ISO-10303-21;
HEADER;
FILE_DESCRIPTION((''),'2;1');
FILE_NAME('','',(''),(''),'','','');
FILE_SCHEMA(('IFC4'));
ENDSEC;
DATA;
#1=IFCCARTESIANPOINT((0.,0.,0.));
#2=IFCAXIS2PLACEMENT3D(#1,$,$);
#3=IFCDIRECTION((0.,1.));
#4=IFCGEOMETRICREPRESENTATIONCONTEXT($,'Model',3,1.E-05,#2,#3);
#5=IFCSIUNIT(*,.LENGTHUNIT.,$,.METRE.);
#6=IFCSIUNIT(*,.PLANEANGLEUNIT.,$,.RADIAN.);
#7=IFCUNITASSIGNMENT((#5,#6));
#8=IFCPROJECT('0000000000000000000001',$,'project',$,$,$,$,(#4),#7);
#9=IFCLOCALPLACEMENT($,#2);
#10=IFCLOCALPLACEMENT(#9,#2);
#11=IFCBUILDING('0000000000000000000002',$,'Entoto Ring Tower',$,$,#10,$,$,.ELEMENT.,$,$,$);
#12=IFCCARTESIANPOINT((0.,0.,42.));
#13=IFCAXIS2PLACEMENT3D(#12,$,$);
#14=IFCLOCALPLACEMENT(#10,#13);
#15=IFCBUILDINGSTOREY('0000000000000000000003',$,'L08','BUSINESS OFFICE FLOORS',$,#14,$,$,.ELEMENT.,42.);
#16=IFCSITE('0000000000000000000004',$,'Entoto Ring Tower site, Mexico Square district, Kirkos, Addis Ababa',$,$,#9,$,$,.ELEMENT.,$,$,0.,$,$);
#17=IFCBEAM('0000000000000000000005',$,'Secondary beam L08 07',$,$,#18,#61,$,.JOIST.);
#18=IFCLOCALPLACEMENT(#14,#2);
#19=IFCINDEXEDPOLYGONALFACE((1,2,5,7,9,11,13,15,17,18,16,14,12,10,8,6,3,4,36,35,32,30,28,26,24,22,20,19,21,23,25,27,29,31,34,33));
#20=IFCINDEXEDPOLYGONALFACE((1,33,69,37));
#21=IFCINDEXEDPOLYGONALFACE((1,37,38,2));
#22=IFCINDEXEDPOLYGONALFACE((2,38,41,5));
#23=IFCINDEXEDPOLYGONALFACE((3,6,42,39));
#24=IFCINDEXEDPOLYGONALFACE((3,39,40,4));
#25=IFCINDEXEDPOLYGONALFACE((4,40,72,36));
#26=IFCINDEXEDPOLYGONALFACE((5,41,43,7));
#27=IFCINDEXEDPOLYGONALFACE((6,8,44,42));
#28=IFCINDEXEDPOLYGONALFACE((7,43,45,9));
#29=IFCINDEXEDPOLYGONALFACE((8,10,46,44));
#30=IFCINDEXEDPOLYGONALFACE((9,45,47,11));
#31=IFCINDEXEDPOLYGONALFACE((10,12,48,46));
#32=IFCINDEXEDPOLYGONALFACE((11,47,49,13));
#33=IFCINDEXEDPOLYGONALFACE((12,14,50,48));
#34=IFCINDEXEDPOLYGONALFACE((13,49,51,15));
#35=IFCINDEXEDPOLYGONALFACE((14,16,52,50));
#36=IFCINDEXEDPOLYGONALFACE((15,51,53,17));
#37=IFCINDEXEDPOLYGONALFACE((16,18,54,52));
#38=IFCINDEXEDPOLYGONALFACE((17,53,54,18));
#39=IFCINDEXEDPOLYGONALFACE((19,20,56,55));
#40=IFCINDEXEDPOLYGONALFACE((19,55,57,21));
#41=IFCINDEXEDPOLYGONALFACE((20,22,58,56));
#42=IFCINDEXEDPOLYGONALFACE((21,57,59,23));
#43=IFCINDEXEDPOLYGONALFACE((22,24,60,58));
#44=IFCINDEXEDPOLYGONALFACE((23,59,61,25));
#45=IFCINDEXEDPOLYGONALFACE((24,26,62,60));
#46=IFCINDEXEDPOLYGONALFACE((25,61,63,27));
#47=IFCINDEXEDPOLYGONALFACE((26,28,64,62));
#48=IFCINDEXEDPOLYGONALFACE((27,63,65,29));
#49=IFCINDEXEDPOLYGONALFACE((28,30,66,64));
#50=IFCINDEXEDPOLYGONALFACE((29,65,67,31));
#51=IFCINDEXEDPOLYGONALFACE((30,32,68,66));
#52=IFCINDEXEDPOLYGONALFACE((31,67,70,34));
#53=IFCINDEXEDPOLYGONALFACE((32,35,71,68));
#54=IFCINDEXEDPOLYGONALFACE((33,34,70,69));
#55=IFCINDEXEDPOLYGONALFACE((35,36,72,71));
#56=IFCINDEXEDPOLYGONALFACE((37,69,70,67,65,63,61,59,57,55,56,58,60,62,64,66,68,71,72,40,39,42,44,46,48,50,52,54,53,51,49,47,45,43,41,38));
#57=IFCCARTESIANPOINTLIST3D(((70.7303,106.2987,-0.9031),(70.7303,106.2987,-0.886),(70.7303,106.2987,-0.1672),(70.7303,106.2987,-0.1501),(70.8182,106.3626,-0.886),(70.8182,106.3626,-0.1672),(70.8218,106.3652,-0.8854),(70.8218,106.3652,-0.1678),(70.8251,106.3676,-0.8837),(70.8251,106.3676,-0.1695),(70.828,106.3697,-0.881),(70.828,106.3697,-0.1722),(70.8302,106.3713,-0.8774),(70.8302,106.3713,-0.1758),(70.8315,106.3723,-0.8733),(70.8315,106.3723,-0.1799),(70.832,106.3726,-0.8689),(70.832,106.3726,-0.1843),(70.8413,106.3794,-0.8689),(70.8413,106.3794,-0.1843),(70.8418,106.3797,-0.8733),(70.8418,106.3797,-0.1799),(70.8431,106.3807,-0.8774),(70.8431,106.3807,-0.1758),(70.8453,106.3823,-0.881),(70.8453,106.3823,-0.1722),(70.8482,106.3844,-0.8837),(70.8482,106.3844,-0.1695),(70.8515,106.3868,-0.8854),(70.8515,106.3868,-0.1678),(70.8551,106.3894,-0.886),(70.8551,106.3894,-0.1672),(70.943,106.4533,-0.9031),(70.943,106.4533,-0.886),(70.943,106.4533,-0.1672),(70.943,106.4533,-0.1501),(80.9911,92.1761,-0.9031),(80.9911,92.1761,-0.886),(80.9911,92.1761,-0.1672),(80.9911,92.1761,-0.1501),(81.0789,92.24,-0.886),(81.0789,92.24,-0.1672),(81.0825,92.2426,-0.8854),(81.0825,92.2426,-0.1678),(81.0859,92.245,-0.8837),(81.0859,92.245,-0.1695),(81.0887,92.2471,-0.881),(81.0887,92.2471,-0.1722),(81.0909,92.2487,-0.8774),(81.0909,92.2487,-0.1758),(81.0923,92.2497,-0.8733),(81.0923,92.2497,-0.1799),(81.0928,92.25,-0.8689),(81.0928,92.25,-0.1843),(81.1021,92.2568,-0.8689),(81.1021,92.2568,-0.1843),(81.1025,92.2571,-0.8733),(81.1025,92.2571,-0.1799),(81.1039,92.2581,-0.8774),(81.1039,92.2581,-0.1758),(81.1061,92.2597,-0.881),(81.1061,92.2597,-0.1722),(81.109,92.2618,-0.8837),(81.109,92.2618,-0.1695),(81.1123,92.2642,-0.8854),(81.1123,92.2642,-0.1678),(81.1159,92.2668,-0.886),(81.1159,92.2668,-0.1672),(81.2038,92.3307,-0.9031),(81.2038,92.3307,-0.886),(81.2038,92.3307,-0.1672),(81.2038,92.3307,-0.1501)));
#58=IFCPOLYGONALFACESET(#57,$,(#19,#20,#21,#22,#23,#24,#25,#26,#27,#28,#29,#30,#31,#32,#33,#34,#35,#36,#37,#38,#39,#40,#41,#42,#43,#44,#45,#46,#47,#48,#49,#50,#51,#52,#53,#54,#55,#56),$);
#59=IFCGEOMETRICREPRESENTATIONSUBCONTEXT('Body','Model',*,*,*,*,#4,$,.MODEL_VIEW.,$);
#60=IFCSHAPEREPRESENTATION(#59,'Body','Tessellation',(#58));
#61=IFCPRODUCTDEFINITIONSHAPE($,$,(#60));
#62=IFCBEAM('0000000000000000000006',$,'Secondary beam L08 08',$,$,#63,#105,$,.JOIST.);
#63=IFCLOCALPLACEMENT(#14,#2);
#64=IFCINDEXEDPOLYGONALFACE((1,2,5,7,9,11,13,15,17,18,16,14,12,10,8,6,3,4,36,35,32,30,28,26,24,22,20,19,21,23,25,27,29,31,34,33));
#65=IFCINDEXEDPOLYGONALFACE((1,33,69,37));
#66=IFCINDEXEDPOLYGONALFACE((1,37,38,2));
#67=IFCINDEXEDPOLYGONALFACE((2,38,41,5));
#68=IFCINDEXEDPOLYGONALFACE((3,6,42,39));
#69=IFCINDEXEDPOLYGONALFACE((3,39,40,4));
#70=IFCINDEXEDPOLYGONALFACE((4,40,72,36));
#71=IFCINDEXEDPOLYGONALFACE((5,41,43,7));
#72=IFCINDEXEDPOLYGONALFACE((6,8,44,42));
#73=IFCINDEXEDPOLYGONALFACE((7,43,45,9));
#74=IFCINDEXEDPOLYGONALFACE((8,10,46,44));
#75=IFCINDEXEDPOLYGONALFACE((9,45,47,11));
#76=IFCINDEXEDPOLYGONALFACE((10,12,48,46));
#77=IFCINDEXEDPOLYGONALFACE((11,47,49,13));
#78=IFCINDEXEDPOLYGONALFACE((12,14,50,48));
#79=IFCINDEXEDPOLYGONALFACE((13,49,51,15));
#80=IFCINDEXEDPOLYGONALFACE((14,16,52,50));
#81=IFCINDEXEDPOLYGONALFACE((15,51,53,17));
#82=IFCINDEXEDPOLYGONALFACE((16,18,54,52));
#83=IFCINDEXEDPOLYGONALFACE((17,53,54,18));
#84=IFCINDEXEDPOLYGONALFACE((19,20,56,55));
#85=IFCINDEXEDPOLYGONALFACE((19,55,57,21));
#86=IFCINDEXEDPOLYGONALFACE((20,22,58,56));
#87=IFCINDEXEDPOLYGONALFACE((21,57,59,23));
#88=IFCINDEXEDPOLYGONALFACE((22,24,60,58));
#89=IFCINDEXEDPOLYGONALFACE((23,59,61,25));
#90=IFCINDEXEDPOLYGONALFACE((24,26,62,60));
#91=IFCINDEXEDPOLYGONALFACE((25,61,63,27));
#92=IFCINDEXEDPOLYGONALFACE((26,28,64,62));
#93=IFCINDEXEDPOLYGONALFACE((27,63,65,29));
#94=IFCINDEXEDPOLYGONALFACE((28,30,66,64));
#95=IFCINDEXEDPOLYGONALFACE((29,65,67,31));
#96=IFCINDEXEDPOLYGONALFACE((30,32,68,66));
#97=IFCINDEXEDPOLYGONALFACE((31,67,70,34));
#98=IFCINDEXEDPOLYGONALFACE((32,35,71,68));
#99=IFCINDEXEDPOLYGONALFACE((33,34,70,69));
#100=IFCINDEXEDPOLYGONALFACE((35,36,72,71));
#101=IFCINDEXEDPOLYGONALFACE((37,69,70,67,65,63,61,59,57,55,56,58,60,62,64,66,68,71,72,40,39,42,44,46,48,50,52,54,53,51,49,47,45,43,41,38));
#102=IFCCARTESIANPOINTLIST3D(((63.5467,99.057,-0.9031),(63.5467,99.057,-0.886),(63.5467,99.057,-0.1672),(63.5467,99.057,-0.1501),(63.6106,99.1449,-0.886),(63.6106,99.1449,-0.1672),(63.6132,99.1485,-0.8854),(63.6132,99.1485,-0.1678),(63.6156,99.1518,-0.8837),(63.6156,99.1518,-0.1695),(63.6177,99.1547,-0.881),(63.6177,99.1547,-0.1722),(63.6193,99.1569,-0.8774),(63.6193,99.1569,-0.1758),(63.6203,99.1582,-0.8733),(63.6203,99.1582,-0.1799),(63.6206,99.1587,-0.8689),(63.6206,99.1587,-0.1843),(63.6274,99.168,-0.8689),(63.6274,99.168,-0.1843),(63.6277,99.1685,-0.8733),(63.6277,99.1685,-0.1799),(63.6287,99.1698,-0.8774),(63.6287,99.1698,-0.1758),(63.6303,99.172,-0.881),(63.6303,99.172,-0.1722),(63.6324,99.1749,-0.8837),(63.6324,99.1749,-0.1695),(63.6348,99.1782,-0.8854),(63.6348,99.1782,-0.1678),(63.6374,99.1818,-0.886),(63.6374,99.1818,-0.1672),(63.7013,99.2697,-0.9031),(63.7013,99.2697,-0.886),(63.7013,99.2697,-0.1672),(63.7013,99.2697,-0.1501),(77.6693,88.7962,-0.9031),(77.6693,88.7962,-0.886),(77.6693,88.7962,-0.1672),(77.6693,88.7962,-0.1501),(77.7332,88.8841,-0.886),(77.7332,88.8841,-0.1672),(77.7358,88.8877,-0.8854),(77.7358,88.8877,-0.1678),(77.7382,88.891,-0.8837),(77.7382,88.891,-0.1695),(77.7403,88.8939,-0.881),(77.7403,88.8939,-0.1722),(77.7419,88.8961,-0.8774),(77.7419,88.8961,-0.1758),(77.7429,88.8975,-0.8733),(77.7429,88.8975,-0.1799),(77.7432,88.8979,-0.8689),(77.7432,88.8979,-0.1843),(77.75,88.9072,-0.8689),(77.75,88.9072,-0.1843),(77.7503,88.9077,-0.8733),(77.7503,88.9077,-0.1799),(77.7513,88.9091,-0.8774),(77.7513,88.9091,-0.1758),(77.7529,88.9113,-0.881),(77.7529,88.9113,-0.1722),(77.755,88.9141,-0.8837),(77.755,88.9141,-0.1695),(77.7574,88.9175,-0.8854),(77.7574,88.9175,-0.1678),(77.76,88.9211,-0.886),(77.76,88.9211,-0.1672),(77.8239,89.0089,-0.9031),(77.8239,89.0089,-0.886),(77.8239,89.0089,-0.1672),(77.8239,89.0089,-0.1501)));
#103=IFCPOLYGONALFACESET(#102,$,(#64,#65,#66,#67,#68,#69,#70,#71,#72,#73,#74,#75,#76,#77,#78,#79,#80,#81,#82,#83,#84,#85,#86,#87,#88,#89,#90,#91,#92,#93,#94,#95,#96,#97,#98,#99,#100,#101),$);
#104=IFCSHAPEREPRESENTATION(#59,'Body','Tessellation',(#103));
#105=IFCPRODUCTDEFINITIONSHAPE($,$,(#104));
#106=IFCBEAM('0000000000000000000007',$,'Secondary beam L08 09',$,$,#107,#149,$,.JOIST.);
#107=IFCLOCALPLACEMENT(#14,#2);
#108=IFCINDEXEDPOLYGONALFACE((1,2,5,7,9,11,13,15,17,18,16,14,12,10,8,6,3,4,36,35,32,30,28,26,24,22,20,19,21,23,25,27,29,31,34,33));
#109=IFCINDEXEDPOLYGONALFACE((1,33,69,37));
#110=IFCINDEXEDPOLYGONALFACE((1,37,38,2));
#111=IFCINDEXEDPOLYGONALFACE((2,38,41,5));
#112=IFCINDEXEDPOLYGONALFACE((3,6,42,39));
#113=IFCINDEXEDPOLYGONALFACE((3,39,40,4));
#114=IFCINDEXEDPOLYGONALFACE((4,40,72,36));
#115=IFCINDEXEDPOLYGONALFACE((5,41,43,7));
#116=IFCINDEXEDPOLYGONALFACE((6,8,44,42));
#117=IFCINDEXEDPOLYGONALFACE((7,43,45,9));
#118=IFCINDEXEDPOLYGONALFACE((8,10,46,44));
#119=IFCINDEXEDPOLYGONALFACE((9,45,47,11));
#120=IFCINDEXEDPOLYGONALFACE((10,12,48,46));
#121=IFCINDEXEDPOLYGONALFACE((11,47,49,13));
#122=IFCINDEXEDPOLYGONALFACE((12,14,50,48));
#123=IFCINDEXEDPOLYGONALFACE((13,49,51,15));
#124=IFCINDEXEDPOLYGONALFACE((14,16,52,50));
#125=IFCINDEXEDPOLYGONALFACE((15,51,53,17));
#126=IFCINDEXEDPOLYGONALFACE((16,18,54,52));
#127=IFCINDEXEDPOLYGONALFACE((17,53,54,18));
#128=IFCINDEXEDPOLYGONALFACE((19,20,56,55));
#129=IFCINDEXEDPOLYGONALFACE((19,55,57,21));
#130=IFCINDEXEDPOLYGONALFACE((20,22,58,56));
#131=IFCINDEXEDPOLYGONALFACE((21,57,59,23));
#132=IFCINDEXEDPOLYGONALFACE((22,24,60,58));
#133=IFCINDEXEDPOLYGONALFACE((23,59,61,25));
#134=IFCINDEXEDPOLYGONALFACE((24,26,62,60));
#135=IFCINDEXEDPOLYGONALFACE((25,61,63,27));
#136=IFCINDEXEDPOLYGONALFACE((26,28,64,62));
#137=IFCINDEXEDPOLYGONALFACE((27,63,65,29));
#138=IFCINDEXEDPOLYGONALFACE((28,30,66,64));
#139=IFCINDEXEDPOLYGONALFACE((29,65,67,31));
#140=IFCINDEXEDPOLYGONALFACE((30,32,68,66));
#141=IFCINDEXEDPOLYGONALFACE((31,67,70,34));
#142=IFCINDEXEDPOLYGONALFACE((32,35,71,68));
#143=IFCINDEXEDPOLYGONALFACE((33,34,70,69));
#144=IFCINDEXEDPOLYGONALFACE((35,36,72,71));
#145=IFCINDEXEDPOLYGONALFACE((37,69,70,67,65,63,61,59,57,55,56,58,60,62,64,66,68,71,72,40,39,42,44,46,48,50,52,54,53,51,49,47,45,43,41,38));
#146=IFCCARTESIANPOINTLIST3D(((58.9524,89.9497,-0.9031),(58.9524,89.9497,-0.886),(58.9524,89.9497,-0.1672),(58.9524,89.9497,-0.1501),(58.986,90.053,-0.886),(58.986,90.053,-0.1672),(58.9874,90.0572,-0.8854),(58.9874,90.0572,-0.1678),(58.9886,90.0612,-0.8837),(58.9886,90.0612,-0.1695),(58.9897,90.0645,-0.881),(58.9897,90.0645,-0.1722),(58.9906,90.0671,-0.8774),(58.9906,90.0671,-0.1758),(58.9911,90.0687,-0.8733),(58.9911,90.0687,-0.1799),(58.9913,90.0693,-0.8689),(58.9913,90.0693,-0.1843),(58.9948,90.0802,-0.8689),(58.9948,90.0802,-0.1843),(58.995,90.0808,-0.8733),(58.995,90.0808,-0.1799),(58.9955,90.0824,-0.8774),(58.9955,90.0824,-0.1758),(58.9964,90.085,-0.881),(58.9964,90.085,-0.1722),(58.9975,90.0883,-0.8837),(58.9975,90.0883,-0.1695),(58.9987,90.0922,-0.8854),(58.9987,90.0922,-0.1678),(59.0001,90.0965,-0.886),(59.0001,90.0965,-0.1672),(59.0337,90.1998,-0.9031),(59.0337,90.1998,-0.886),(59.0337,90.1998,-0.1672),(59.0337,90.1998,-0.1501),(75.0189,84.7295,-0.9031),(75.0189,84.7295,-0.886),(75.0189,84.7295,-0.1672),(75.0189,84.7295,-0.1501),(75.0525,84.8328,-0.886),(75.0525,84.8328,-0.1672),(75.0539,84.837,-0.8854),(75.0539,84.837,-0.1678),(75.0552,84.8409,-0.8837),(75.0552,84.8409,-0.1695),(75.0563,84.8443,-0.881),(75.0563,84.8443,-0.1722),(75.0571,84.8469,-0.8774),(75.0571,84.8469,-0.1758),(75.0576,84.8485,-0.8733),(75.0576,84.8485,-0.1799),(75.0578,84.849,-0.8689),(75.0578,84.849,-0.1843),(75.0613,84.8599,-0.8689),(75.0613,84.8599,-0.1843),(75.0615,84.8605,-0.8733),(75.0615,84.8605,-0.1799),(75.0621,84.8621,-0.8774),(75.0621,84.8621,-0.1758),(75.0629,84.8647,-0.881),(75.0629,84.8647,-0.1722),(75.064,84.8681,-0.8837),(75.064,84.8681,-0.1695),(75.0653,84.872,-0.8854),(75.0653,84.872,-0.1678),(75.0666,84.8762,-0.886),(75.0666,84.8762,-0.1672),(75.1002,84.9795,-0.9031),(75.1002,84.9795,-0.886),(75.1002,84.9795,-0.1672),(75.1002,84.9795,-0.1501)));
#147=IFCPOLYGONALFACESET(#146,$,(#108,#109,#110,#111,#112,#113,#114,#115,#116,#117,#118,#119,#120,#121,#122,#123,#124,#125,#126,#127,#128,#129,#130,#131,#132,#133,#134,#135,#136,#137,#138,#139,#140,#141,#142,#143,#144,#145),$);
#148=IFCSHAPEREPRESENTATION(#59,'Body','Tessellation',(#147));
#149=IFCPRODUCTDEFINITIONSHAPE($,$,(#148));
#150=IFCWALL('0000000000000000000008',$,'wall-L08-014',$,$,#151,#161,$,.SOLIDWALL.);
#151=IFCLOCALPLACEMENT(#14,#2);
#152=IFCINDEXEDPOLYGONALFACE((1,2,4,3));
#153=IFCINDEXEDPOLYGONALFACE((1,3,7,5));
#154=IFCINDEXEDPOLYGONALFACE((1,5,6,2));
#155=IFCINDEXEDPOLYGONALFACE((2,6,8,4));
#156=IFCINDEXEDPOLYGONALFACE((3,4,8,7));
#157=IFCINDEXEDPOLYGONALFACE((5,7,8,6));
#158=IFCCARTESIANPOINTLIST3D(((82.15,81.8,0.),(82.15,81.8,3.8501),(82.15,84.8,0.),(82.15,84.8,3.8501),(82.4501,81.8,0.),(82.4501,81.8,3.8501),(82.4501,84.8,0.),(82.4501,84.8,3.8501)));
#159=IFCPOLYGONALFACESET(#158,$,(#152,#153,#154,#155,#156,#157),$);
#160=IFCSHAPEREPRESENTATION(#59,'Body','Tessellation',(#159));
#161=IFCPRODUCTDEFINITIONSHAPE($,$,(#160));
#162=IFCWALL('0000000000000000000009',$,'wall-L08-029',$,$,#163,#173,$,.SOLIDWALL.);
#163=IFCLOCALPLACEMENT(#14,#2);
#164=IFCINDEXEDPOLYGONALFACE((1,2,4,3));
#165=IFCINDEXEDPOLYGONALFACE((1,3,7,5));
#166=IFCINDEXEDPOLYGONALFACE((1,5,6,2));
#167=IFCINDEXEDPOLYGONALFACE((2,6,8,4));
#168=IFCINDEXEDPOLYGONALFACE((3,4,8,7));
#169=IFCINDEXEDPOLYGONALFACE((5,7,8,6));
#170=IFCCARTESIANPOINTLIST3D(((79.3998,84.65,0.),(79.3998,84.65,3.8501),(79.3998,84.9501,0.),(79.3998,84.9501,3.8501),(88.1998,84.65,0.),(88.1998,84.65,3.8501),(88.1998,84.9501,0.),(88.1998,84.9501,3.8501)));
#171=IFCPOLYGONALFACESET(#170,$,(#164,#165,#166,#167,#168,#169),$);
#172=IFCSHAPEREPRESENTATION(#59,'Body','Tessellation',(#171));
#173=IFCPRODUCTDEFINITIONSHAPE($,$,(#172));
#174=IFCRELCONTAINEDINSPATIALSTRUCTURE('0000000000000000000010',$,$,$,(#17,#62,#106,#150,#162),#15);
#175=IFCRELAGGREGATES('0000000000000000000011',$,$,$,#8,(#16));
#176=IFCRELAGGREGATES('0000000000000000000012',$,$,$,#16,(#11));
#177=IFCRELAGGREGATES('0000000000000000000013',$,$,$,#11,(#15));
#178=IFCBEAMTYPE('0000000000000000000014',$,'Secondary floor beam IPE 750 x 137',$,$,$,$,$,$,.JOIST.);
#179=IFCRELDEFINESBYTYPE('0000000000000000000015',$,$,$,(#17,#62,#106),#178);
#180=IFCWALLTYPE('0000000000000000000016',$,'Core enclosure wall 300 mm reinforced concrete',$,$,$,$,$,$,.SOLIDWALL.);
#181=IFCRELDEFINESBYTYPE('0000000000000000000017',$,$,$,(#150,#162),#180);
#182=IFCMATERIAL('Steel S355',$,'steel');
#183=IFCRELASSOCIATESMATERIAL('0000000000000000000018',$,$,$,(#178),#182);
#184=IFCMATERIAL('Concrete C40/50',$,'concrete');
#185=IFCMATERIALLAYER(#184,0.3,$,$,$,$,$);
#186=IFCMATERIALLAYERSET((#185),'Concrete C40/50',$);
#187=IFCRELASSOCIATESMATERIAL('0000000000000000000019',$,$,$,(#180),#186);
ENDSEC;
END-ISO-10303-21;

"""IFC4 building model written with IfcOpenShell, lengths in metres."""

from ifc_helpers import new_model, si_unit, direction, frame, frame_2d, origin, origin_2d, place, context, subcontext, project, spatial, rectangle, i_section, extrude, material, layer, layer_set, material_profile, profile_set, type_object, element, save


model = new_model("IFC4")

# Units and contexts
model_context = context("Model", 3, precision=1e-05, world=origin(), true_north=direction((0.0, 1.0)))
body_context = subcontext(model_context, "Body", "Model", "MODEL_VIEW")
ifc_project = project(units=[si_unit("LENGTHUNIT", "METRE"), si_unit("PLANEANGLEUNIT", "RADIAN")], contexts=[model_context])

# Site, building, storey
site_placement = place(None, origin())
site = spatial("IfcSite", under=ifc_project, at=site_placement, Name="Entoto Ring Tower site, Mexico Square district, Kirkos, Addis Ababa", CompositionType="ELEMENT", RefElevation=0.0)
building_placement = place(site_placement, origin())
building = spatial("IfcBuilding", under=site, at=building_placement, Name="Entoto Ring Tower", CompositionType="ELEMENT")
storey_placement = place(building_placement, frame((0.0, 0.0, 42.0)))
storey = spatial("IfcBuildingStorey", under=building, at=storey_placement, Name="L08", Description="BUSINESS OFFICE FLOORS", CompositionType="ELEMENT", Elevation=42.0)

# Beams
ifc_material_1 = material(Name="Steel S355", Category="steel")
ifc_material_profile_1 = material_profile(ifc_material_1, i_section(OverallWidth=0.2629, OverallDepth=0.7529, WebThickness=0.0115, FlangeThickness=0.0171, FilletRadius=0.0171, at=origin_2d()), Name="IPE 750 x 137")
ifc_profile_set_1 = profile_set([ifc_material_profile_1], Name="Steel S355")
beam_type_1 = type_object("IfcBeamType", Name="Secondary floor beam IPE 750 x 137", PredefinedType="JOIST", material=ifc_profile_set_1)
for number, where, z_axis, x_axis, name in (
    (1, (81.0974, 92.2534, -0.5266), (-0.587789, 0.809014, 0.0), (-0.809014, -0.587789, 0.0), "Secondary beam L08 07"),
    (2, (77.7466, 88.9026, -0.5266), (-0.809014, 0.587789, 0.0), (-0.587789, -0.809014, 0.0), "Secondary beam L08 08"),
):
    element("IfcBeam", number, at=place(storey_placement, frame(where, z_axis=z_axis, x_axis=x_axis)), inside=storey, type_object=beam_type_1, Name=name, PredefinedType="JOIST", context=body_context, shape_type="SweptSolid", body=[
        extrude(i_section(OverallWidth=0.2629, OverallDepth=0.7529, WebThickness=0.0115, FlangeThickness=0.0171, FilletRadius=0.0171, at=origin_2d()), origin(), (0.0, 0.0, 1.0), 17.4565),
    ])
beam_1_placement = place(storey_placement, frame((75.0596, 84.8545, -0.5266), z_axis=(-0.951058, 0.309013, 0.0), x_axis=(-0.309013, -0.951058, 0.0)))
element("IfcBeam", 3, at=beam_1_placement, inside=storey, type_object=beam_type_1, Name="Secondary beam L08 09", PredefinedType="JOIST", context=body_context, shape_type="SweptSolid", body=[
    extrude(i_section(OverallWidth=0.2629, OverallDepth=0.7529, WebThickness=0.0115, FlangeThickness=0.0171, FilletRadius=0.0171, at=origin_2d()), origin(), (0.0, 0.0, 1.0), 16.8933),
])

# Walls
ifc_material_2 = material(Name="Concrete C40/50", Category="concrete")
ifc_layer_1 = layer(ifc_material_2, 0.3)
ifc_layer_set_1 = layer_set([ifc_layer_1], Name="Concrete C40/50")
wall_type_1 = type_object("IfcWallType", Name="Core enclosure wall 300 mm reinforced concrete", PredefinedType="SOLIDWALL", material=ifc_layer_set_1)
wall_1_placement = place(storey_placement, frame((82.3, 81.8, 0.0), z_axis=(0.0, 0.0, 1.0), x_axis=(0.0, 1.0, 0.0)))
element("IfcWall", 4, at=wall_1_placement, inside=storey, type_object=wall_type_1, Name="wall-L08-014", PredefinedType="SOLIDWALL", context=body_context, shape_type="SweptSolid", body=[
    extrude(rectangle(XDim=3.0, YDim=0.3, at=frame_2d((1.5, 0.0))), origin(), (0.0, 0.0, 1.0), 3.8501),
])
wall_2_placement = place(storey_placement, frame((79.3999, 84.8, 0.0), z_axis=(0.0, 0.0, 1.0), x_axis=(1.0, 0.0, 0.0)))
element("IfcWall", 5, at=wall_2_placement, inside=storey, type_object=wall_type_1, Name="wall-L08-029", PredefinedType="SOLIDWALL", context=body_context, shape_type="SweptSolid", body=[
    extrude(rectangle(XDim=8.8, YDim=0.3, at=frame_2d((4.3999, 0.0))), origin(), (0.0, 0.0, 1.0), 3.8501),
])

save(model, "model.ifc")
